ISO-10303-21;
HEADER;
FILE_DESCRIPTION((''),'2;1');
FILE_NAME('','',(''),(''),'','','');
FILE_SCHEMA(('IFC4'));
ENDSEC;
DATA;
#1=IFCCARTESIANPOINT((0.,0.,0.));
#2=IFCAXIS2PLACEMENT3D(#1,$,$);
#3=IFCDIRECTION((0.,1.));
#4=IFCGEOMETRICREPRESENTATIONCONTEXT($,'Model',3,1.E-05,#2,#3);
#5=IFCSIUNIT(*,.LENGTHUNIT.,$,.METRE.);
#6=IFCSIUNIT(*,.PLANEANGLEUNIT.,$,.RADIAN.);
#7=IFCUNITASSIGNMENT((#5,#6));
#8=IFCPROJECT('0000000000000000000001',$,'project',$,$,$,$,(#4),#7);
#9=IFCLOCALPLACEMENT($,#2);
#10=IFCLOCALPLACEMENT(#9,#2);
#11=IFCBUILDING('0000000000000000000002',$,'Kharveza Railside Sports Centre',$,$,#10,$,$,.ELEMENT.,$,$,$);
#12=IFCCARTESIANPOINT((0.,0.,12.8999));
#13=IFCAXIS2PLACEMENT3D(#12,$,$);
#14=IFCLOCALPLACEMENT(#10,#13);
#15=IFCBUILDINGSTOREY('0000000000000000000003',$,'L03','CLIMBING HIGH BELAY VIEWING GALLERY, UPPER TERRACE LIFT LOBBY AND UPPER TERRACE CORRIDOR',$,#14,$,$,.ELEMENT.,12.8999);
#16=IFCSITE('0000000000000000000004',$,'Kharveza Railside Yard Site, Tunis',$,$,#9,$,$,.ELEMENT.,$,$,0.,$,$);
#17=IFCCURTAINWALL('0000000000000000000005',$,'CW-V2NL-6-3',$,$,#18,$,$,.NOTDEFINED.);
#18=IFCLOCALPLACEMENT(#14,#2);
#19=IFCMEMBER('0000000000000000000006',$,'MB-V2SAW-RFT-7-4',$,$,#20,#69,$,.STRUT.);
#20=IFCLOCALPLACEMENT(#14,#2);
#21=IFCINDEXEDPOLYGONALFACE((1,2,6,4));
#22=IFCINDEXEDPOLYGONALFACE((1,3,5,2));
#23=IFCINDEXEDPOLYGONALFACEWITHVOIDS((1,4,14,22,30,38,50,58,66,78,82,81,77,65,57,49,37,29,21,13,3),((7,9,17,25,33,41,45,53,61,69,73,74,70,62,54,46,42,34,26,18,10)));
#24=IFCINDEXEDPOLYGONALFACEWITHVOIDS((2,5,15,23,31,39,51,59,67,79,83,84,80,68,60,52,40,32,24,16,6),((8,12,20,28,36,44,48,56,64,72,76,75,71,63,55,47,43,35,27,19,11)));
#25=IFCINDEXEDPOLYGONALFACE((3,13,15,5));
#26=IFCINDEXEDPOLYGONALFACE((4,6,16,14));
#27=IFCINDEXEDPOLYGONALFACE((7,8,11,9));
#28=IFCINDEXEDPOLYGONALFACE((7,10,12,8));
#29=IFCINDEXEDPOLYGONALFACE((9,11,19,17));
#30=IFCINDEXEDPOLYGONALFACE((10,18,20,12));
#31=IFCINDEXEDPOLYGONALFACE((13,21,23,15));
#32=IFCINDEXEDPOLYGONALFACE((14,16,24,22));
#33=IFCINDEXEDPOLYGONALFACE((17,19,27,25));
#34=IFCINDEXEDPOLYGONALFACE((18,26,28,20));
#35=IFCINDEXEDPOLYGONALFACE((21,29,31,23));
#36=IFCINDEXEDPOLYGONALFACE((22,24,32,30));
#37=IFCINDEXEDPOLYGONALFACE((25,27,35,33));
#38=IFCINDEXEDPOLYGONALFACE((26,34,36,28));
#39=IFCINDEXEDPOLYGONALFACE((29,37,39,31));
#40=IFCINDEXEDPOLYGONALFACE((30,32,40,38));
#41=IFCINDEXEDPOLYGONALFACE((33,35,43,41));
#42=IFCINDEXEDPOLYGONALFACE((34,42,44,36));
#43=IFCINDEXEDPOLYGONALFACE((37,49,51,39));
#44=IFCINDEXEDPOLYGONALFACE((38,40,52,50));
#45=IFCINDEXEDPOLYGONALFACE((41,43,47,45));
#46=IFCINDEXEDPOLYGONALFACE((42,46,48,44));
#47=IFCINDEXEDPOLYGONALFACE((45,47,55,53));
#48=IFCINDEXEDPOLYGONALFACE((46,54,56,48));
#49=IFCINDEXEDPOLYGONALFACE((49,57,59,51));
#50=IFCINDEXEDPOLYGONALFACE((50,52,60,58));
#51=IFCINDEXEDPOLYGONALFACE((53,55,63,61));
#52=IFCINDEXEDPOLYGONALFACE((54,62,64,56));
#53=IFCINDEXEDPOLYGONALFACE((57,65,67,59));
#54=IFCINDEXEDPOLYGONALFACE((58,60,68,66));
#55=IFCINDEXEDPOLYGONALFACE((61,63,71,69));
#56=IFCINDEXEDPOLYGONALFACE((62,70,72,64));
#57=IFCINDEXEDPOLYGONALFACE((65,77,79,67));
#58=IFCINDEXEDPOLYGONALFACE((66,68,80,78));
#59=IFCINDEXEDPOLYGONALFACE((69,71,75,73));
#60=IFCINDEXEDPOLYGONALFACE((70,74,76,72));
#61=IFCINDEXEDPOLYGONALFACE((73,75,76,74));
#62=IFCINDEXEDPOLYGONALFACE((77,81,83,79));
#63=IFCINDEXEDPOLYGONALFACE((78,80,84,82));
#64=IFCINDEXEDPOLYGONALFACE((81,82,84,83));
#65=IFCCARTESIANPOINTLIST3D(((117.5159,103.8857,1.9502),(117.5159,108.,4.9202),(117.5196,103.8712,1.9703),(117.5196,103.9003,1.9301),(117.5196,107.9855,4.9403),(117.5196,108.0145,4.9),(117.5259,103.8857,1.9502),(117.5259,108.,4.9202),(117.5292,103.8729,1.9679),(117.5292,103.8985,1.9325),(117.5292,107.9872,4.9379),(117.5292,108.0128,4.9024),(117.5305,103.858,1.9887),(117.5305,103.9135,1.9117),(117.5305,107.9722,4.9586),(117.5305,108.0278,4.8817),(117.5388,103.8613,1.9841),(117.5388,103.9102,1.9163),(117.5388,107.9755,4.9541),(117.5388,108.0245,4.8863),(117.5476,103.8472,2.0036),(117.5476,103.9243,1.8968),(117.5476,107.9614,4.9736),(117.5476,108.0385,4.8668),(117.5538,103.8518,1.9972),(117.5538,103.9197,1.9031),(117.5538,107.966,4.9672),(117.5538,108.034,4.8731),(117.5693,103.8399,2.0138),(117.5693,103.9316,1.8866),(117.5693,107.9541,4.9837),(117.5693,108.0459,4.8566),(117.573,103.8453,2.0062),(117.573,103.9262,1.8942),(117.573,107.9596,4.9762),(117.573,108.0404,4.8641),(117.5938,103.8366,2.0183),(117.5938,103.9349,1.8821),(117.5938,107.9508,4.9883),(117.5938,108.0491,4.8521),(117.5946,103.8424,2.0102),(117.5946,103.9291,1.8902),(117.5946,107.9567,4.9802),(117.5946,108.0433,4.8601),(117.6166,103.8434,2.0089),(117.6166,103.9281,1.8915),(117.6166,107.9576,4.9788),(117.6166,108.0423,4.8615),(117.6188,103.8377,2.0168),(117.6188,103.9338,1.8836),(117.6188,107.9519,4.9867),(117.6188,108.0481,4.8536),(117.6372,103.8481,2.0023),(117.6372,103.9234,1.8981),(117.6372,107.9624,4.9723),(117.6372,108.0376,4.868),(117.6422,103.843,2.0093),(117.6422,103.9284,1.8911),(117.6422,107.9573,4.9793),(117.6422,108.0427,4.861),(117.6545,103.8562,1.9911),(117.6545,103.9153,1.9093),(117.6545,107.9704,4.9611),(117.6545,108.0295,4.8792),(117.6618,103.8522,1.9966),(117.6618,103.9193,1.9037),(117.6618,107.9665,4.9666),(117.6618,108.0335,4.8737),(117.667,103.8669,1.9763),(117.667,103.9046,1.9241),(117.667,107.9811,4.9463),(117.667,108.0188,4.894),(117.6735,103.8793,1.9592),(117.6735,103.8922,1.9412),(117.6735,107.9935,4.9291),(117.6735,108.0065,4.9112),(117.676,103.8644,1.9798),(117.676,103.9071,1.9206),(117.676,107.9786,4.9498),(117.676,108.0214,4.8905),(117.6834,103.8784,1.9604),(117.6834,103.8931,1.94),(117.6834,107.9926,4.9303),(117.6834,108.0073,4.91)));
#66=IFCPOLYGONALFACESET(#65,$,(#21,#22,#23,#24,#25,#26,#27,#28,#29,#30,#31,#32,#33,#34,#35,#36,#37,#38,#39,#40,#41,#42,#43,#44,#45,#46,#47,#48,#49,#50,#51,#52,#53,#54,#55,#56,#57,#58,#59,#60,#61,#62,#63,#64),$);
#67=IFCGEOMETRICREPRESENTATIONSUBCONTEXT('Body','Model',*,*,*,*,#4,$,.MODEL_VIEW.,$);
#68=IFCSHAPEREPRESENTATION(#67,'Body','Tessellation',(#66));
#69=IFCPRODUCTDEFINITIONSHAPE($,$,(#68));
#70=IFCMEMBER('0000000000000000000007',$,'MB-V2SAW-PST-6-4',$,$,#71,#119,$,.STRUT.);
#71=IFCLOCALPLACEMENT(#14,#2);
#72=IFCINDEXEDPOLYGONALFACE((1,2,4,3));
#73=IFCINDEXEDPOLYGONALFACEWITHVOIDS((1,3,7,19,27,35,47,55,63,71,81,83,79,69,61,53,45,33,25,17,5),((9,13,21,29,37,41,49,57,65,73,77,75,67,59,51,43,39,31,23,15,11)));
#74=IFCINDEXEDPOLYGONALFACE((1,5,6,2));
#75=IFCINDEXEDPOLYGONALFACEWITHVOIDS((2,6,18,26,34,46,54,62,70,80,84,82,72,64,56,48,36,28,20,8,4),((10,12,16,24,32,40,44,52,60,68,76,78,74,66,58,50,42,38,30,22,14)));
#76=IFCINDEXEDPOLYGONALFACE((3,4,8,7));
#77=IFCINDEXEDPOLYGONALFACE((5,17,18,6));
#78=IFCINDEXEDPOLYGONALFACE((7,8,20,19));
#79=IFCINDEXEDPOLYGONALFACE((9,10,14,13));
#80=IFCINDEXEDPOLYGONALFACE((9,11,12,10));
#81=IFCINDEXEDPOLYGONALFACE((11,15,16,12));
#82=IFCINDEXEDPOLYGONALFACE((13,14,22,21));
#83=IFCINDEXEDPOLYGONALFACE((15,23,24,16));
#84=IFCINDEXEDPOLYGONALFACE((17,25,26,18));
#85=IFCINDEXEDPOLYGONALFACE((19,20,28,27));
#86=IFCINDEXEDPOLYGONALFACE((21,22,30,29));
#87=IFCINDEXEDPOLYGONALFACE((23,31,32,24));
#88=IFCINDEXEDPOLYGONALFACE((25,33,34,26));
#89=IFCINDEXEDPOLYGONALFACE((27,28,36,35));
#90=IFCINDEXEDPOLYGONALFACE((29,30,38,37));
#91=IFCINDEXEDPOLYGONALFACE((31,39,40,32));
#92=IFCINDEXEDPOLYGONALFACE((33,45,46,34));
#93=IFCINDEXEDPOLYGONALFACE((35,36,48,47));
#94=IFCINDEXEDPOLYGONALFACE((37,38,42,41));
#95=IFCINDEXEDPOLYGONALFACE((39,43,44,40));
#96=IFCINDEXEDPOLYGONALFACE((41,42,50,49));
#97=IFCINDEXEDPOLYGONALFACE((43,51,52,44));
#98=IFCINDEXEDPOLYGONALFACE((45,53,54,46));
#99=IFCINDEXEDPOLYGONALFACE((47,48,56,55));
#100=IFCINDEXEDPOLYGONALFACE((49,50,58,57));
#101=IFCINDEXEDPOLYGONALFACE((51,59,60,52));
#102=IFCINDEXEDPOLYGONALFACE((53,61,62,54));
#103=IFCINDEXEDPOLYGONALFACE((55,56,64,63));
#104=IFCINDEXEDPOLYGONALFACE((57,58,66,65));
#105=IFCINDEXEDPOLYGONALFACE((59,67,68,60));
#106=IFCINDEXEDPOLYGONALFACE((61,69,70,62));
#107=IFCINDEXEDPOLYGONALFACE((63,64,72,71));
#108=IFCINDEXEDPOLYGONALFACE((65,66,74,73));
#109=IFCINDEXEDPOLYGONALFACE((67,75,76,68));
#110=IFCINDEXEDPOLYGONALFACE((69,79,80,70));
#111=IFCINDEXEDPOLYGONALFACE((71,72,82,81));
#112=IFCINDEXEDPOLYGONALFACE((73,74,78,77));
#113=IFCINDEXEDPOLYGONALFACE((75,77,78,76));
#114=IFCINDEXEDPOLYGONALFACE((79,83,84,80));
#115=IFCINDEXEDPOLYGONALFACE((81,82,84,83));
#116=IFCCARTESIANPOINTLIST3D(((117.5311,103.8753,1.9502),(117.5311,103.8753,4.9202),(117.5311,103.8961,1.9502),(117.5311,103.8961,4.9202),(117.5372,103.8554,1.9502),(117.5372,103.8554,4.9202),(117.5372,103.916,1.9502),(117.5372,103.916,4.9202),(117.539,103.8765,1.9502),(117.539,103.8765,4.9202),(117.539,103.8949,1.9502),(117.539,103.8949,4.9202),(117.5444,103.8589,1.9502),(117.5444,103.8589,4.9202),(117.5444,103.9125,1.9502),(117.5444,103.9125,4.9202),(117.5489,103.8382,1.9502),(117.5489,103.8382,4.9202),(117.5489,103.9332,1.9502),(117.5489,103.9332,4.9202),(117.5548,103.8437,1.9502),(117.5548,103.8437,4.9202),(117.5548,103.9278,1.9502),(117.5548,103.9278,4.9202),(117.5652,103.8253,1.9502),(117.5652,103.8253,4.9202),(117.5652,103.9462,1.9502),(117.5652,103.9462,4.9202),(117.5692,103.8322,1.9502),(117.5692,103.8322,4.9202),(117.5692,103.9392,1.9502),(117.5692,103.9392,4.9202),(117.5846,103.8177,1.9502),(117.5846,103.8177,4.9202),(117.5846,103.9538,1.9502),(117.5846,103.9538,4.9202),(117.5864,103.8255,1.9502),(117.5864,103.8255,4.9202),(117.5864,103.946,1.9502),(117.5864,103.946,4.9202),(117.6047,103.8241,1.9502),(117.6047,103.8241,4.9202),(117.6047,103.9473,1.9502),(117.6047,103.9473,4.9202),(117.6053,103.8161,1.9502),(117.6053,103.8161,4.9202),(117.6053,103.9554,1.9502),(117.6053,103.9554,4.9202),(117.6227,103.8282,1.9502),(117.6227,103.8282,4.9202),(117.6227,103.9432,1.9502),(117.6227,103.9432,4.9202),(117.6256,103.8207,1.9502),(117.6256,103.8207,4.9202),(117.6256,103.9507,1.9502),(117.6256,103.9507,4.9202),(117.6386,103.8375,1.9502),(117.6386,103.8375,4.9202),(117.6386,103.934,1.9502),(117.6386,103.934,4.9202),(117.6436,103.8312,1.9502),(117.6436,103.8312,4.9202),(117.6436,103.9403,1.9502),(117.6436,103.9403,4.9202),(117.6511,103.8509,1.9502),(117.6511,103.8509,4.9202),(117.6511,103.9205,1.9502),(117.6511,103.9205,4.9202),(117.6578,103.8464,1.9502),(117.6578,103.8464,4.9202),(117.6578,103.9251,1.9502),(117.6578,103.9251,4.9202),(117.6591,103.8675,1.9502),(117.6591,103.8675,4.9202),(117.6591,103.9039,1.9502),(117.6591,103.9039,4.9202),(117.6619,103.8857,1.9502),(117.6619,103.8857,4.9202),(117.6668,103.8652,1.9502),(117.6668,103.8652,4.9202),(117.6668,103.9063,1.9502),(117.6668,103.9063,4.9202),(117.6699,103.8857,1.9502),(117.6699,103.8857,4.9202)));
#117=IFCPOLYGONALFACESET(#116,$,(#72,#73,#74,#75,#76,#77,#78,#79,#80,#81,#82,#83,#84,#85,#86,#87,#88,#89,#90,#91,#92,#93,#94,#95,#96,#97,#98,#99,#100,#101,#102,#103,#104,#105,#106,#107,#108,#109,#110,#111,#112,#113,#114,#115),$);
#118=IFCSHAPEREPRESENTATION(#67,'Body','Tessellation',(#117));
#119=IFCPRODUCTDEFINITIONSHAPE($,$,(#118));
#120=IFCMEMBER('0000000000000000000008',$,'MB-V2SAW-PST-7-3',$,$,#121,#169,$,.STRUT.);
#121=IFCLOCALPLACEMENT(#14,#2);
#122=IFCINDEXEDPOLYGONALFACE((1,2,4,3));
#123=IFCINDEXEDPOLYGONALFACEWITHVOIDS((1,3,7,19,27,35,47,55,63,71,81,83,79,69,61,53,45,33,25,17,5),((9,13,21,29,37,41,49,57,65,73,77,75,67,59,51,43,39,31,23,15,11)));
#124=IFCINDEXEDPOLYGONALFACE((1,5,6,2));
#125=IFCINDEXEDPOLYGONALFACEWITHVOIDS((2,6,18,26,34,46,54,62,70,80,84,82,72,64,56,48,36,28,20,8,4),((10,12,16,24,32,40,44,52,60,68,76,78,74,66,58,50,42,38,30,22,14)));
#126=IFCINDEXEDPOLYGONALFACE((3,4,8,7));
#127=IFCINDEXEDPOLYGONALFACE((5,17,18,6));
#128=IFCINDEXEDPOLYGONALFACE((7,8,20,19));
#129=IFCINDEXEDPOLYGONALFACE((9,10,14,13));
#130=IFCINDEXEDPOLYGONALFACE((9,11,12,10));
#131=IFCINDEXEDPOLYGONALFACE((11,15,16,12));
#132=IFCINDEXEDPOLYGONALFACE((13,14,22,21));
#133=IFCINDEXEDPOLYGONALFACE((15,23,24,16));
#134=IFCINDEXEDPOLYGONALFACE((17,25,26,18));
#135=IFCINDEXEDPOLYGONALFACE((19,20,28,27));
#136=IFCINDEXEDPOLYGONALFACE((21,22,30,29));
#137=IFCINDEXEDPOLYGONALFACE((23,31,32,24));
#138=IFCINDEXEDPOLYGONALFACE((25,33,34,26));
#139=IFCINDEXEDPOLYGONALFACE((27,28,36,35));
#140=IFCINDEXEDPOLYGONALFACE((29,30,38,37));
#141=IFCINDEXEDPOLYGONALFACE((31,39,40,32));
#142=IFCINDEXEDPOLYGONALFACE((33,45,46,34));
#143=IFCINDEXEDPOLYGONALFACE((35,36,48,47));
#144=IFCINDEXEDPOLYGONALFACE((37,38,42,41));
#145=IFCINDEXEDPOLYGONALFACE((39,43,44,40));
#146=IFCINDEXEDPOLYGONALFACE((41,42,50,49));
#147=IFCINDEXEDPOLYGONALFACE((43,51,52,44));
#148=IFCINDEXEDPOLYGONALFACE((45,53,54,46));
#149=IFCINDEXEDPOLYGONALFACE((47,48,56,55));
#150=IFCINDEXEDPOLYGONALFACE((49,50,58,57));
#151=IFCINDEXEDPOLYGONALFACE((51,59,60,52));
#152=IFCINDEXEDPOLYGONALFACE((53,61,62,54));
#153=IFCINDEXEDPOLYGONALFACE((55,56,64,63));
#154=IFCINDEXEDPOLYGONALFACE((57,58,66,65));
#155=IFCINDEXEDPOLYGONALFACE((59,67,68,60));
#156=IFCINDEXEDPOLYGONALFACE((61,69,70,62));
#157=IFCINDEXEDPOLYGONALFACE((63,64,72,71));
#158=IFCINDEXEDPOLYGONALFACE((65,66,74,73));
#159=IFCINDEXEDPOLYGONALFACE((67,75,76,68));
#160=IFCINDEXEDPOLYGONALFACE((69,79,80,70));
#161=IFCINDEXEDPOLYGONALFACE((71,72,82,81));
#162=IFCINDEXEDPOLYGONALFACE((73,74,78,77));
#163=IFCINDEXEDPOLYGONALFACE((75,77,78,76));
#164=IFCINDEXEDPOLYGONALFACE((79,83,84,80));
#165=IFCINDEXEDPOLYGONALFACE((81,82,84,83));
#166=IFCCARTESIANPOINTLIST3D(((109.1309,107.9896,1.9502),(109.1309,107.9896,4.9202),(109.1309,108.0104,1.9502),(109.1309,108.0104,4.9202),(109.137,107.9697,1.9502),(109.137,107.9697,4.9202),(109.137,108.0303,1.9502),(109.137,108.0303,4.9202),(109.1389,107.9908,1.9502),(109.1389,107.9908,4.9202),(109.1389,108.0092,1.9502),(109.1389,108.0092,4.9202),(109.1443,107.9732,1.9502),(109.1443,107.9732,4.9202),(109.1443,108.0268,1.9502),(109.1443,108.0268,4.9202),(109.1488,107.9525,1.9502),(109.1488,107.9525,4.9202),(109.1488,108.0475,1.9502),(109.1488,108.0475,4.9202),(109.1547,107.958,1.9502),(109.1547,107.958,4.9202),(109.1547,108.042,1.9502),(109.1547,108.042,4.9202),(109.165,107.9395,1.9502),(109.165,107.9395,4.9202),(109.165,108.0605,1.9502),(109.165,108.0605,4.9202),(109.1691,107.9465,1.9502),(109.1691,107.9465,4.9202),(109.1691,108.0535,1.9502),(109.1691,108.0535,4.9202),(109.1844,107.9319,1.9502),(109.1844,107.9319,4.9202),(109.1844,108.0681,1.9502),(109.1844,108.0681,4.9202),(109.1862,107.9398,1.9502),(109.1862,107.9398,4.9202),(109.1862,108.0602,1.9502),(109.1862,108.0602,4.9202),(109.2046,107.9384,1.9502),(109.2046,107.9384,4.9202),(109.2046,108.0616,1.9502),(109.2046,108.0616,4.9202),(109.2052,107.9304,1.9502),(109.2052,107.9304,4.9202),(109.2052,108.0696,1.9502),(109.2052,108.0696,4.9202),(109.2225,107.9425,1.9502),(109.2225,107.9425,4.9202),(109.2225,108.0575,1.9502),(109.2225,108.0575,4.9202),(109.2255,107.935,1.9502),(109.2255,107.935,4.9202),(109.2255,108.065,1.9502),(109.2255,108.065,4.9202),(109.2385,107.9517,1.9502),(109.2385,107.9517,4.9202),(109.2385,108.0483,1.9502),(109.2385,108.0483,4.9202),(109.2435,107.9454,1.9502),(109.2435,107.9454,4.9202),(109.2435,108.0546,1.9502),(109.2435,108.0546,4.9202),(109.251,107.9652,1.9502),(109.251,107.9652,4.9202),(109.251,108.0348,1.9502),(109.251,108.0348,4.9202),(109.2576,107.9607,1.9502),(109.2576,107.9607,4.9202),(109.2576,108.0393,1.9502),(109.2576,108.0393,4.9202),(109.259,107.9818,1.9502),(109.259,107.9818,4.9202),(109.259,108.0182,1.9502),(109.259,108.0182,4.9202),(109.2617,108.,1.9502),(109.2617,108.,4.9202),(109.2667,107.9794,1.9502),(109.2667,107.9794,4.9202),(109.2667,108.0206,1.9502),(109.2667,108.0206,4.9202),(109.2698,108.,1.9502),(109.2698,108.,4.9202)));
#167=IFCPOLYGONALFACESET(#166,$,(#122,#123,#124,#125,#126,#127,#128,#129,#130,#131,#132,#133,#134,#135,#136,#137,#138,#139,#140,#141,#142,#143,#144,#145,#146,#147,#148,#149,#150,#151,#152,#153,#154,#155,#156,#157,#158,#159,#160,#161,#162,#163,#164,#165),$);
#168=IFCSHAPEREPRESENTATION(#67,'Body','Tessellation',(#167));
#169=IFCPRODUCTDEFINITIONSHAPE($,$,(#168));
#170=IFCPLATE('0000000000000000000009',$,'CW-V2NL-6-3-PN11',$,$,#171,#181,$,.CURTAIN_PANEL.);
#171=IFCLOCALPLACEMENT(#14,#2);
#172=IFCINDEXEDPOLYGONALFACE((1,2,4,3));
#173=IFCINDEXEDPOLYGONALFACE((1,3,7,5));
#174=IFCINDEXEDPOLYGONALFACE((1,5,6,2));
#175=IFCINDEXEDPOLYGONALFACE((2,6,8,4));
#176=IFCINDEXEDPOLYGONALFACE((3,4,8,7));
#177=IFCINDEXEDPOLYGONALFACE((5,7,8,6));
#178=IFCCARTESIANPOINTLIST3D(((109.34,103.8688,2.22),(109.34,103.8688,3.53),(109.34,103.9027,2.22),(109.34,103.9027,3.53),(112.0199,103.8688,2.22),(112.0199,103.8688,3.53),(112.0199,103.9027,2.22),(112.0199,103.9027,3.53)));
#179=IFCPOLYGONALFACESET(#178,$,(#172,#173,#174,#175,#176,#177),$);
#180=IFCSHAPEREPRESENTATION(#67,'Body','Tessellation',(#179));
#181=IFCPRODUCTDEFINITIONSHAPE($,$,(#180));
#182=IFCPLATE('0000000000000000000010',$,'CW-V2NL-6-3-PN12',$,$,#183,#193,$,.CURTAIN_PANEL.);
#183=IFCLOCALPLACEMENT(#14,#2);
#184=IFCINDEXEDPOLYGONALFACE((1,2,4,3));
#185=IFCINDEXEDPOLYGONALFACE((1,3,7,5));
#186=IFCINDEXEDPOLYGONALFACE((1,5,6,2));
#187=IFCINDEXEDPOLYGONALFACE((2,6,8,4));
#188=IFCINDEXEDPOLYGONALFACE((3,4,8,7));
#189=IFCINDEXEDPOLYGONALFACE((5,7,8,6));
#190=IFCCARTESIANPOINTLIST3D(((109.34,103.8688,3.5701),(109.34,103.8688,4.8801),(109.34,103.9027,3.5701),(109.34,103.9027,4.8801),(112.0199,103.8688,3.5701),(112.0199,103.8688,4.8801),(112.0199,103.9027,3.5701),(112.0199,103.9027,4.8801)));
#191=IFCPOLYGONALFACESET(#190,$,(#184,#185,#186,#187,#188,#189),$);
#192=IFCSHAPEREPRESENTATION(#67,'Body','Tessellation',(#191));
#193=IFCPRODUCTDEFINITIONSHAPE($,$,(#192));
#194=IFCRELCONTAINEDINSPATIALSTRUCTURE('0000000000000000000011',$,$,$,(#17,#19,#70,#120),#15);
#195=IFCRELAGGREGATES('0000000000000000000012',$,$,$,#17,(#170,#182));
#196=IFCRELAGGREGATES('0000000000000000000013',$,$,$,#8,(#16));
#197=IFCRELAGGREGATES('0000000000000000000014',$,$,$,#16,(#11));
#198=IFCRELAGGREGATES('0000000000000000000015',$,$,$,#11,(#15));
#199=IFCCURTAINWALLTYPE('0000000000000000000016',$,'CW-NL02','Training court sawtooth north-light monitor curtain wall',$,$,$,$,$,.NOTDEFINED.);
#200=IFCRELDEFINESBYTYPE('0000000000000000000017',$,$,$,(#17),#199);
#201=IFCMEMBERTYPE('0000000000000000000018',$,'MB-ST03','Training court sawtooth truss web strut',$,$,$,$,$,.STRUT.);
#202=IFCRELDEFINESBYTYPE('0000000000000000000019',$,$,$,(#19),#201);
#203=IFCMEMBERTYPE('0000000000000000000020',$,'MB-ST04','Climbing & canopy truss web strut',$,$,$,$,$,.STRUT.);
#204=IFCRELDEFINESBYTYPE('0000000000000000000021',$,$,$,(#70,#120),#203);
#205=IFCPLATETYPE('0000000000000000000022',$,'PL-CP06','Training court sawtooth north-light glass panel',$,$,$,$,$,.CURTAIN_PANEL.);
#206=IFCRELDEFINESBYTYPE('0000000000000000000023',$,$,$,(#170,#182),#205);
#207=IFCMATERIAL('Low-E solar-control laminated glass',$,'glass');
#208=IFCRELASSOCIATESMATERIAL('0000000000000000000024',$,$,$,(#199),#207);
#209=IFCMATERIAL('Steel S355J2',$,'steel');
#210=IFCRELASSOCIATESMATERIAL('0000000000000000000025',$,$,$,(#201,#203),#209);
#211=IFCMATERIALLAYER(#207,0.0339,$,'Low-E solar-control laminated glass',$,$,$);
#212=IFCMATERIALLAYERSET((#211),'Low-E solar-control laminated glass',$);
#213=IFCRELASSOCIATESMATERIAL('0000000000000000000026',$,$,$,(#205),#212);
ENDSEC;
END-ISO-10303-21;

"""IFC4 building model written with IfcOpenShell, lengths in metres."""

from ifc_helpers import new_model, si_unit, direction, frame, origin, origin_2d, place, context, subcontext, project, spatial, rectangle, hollow_circle, extrude, material, layer, layer_set, material_profile, profile_set, type_object, element, aggregate, save


model = new_model("IFC4")

# Units and contexts
model_context = context("Model", 3, precision=1e-05, world=origin(), true_north=direction((0.0, 1.0)))
body_context = subcontext(model_context, "Body", "Model", "MODEL_VIEW")
ifc_project = project(units=[si_unit("LENGTHUNIT", "METRE"), si_unit("PLANEANGLEUNIT", "RADIAN")], contexts=[model_context])

# Site, building, storey
site_placement = place(None, origin())
site = spatial("IfcSite", under=ifc_project, at=site_placement, Name="Kharveza Railside Yard Site, Tunis", CompositionType="ELEMENT", RefElevation=0.0)
building_placement = place(site_placement, origin())
building = spatial("IfcBuilding", under=site, at=building_placement, Name="Kharveza Railside Sports Centre", CompositionType="ELEMENT")
storey_placement = place(building_placement, frame((0.0, 0.0, 12.8999)))
storey = spatial("IfcBuildingStorey", under=building, at=storey_placement, Name="L03", Description="CLIMBING HIGH BELAY VIEWING GALLERY, UPPER TERRACE LIFT LOBBY AND UPPER TERRACE CORRIDOR", CompositionType="ELEMENT", Elevation=12.8999)

# Shared definitions
ifc_material_1 = material(Name="Steel S355J2", Category="steel")

# Curtain wall
ifc_material_2 = material(Name="Low-E solar-control laminated glass", Category="glass")
curtain_wall_type = type_object("IfcCurtainWallType", Name="CW-NL02", Description="Training court sawtooth north-light monitor curtain wall", PredefinedType="NOTDEFINED", material=ifc_material_2)
curtain_wall_1_placement = place(storey_placement, origin())
curtain_wall_1 = element("IfcCurtainWall", 1, at=curtain_wall_1_placement, inside=storey, type_object=curtain_wall_type, Name="CW-V2NL-6-3", PredefinedType="NOTDEFINED")

# Members
ifc_material_profile_1 = material_profile(ifc_material_1, hollow_circle(Radius=0.0842, WallThickness=0.01, at=origin_2d()), Name="CHS 168.3x10.0")
ifc_profile_set_1 = profile_set([ifc_material_profile_1], Name="Steel S355J2")
member_type_1 = type_object("IfcMemberType", Name="MB-ST03", Description="Training court sawtooth truss web strut", PredefinedType="STRUT", material=ifc_profile_set_1)
for number, where, z_axis, x_axis, name in (
    (2, (117.6001, 103.8857, 1.9502), (0.0, 0.810814, 0.585304), (-1.0, 0.0, 0.0), "MB-V2SAW-RFT-7-4"),
):
    element("IfcMember", number, at=place(storey_placement, frame(where, z_axis=z_axis, x_axis=x_axis)), inside=storey, type_object=member_type_1, Name=name, PredefinedType="STRUT", context=body_context, shape_type="SweptSolid", body=[
        extrude(hollow_circle(Radius=0.0842, WallThickness=0.01, at=origin_2d()), origin(), (0.0, 0.0, 1.0), 5.0742),
    ])
ifc_material_profile_2 = material_profile(ifc_material_1, hollow_circle(Radius=0.0698, WallThickness=0.0081, at=origin_2d()), Name="CHS 139.7x8.0")
ifc_profile_set_2 = profile_set([ifc_material_profile_2], Name="Steel S355J2")
member_type_2 = type_object("IfcMemberType", Name="MB-ST04", Description="Climbing & canopy truss web strut", PredefinedType="STRUT", material=ifc_profile_set_2)
for number, where, z_axis, x_axis, name in (
    (3, (117.6001, 103.8857, 1.9502), (0.0, 0.0, 1.0), (1.0, 0.0, 0.0), "MB-V2SAW-PST-6-4"),
    (4, (109.2, 108.0, 1.9502), (0.0, 0.0, 1.0), (1.0, 0.0, 0.0), "MB-V2SAW-PST-7-3"),
):
    element("IfcMember", number, at=place(storey_placement, frame(where, z_axis=z_axis, x_axis=x_axis)), inside=storey, type_object=member_type_2, Name=name, PredefinedType="STRUT", context=body_context, shape_type="SweptSolid", body=[
        extrude(hollow_circle(Radius=0.0698, WallThickness=0.0081, at=origin_2d()), origin(), (0.0, 0.0, 1.0), 2.97),
    ])

# Plates
ifc_layer_1 = layer(ifc_material_2, 0.0339, Name="Low-E solar-control laminated glass")
ifc_layer_set_1 = layer_set([ifc_layer_1], Name="Low-E solar-control laminated glass")
plate_type_1 = type_object("IfcPlateType", Name="PL-CP06", Description="Training court sawtooth north-light glass panel", PredefinedType="CURTAIN_PANEL", material=ifc_layer_set_1)
plate_1_placement = place(storey_placement, frame((110.6799, 103.8857, 2.22), z_axis=(0.0, 0.0, 1.0), x_axis=(1.0, 0.0, 0.0)))
plate_1 = element("IfcPlate", 5, at=plate_1_placement, type_object=plate_type_1, Name="CW-V2NL-6-3-PN11", PredefinedType="CURTAIN_PANEL", context=body_context, shape_type="SweptSolid", body=[
    extrude(rectangle(XDim=2.6799, YDim=0.0339, at=origin_2d()), origin(), (0.0, 0.0, 1.0), 1.3101),
])
plate_2_placement = place(storey_placement, frame((110.6799, 103.8857, 3.5701), z_axis=(0.0, 0.0, 1.0), x_axis=(1.0, 0.0, 0.0)))
plate_2 = element("IfcPlate", 6, at=plate_2_placement, type_object=plate_type_1, Name="CW-V2NL-6-3-PN12", PredefinedType="CURTAIN_PANEL", context=body_context, shape_type="SweptSolid", body=[
    extrude(rectangle(XDim=2.6799, YDim=0.0339, at=origin_2d()), origin(), (0.0, 0.0, 1.0), 1.3101),
])
aggregate(curtain_wall_1, [plate_1, plate_2])

save(model, "model.ifc")
